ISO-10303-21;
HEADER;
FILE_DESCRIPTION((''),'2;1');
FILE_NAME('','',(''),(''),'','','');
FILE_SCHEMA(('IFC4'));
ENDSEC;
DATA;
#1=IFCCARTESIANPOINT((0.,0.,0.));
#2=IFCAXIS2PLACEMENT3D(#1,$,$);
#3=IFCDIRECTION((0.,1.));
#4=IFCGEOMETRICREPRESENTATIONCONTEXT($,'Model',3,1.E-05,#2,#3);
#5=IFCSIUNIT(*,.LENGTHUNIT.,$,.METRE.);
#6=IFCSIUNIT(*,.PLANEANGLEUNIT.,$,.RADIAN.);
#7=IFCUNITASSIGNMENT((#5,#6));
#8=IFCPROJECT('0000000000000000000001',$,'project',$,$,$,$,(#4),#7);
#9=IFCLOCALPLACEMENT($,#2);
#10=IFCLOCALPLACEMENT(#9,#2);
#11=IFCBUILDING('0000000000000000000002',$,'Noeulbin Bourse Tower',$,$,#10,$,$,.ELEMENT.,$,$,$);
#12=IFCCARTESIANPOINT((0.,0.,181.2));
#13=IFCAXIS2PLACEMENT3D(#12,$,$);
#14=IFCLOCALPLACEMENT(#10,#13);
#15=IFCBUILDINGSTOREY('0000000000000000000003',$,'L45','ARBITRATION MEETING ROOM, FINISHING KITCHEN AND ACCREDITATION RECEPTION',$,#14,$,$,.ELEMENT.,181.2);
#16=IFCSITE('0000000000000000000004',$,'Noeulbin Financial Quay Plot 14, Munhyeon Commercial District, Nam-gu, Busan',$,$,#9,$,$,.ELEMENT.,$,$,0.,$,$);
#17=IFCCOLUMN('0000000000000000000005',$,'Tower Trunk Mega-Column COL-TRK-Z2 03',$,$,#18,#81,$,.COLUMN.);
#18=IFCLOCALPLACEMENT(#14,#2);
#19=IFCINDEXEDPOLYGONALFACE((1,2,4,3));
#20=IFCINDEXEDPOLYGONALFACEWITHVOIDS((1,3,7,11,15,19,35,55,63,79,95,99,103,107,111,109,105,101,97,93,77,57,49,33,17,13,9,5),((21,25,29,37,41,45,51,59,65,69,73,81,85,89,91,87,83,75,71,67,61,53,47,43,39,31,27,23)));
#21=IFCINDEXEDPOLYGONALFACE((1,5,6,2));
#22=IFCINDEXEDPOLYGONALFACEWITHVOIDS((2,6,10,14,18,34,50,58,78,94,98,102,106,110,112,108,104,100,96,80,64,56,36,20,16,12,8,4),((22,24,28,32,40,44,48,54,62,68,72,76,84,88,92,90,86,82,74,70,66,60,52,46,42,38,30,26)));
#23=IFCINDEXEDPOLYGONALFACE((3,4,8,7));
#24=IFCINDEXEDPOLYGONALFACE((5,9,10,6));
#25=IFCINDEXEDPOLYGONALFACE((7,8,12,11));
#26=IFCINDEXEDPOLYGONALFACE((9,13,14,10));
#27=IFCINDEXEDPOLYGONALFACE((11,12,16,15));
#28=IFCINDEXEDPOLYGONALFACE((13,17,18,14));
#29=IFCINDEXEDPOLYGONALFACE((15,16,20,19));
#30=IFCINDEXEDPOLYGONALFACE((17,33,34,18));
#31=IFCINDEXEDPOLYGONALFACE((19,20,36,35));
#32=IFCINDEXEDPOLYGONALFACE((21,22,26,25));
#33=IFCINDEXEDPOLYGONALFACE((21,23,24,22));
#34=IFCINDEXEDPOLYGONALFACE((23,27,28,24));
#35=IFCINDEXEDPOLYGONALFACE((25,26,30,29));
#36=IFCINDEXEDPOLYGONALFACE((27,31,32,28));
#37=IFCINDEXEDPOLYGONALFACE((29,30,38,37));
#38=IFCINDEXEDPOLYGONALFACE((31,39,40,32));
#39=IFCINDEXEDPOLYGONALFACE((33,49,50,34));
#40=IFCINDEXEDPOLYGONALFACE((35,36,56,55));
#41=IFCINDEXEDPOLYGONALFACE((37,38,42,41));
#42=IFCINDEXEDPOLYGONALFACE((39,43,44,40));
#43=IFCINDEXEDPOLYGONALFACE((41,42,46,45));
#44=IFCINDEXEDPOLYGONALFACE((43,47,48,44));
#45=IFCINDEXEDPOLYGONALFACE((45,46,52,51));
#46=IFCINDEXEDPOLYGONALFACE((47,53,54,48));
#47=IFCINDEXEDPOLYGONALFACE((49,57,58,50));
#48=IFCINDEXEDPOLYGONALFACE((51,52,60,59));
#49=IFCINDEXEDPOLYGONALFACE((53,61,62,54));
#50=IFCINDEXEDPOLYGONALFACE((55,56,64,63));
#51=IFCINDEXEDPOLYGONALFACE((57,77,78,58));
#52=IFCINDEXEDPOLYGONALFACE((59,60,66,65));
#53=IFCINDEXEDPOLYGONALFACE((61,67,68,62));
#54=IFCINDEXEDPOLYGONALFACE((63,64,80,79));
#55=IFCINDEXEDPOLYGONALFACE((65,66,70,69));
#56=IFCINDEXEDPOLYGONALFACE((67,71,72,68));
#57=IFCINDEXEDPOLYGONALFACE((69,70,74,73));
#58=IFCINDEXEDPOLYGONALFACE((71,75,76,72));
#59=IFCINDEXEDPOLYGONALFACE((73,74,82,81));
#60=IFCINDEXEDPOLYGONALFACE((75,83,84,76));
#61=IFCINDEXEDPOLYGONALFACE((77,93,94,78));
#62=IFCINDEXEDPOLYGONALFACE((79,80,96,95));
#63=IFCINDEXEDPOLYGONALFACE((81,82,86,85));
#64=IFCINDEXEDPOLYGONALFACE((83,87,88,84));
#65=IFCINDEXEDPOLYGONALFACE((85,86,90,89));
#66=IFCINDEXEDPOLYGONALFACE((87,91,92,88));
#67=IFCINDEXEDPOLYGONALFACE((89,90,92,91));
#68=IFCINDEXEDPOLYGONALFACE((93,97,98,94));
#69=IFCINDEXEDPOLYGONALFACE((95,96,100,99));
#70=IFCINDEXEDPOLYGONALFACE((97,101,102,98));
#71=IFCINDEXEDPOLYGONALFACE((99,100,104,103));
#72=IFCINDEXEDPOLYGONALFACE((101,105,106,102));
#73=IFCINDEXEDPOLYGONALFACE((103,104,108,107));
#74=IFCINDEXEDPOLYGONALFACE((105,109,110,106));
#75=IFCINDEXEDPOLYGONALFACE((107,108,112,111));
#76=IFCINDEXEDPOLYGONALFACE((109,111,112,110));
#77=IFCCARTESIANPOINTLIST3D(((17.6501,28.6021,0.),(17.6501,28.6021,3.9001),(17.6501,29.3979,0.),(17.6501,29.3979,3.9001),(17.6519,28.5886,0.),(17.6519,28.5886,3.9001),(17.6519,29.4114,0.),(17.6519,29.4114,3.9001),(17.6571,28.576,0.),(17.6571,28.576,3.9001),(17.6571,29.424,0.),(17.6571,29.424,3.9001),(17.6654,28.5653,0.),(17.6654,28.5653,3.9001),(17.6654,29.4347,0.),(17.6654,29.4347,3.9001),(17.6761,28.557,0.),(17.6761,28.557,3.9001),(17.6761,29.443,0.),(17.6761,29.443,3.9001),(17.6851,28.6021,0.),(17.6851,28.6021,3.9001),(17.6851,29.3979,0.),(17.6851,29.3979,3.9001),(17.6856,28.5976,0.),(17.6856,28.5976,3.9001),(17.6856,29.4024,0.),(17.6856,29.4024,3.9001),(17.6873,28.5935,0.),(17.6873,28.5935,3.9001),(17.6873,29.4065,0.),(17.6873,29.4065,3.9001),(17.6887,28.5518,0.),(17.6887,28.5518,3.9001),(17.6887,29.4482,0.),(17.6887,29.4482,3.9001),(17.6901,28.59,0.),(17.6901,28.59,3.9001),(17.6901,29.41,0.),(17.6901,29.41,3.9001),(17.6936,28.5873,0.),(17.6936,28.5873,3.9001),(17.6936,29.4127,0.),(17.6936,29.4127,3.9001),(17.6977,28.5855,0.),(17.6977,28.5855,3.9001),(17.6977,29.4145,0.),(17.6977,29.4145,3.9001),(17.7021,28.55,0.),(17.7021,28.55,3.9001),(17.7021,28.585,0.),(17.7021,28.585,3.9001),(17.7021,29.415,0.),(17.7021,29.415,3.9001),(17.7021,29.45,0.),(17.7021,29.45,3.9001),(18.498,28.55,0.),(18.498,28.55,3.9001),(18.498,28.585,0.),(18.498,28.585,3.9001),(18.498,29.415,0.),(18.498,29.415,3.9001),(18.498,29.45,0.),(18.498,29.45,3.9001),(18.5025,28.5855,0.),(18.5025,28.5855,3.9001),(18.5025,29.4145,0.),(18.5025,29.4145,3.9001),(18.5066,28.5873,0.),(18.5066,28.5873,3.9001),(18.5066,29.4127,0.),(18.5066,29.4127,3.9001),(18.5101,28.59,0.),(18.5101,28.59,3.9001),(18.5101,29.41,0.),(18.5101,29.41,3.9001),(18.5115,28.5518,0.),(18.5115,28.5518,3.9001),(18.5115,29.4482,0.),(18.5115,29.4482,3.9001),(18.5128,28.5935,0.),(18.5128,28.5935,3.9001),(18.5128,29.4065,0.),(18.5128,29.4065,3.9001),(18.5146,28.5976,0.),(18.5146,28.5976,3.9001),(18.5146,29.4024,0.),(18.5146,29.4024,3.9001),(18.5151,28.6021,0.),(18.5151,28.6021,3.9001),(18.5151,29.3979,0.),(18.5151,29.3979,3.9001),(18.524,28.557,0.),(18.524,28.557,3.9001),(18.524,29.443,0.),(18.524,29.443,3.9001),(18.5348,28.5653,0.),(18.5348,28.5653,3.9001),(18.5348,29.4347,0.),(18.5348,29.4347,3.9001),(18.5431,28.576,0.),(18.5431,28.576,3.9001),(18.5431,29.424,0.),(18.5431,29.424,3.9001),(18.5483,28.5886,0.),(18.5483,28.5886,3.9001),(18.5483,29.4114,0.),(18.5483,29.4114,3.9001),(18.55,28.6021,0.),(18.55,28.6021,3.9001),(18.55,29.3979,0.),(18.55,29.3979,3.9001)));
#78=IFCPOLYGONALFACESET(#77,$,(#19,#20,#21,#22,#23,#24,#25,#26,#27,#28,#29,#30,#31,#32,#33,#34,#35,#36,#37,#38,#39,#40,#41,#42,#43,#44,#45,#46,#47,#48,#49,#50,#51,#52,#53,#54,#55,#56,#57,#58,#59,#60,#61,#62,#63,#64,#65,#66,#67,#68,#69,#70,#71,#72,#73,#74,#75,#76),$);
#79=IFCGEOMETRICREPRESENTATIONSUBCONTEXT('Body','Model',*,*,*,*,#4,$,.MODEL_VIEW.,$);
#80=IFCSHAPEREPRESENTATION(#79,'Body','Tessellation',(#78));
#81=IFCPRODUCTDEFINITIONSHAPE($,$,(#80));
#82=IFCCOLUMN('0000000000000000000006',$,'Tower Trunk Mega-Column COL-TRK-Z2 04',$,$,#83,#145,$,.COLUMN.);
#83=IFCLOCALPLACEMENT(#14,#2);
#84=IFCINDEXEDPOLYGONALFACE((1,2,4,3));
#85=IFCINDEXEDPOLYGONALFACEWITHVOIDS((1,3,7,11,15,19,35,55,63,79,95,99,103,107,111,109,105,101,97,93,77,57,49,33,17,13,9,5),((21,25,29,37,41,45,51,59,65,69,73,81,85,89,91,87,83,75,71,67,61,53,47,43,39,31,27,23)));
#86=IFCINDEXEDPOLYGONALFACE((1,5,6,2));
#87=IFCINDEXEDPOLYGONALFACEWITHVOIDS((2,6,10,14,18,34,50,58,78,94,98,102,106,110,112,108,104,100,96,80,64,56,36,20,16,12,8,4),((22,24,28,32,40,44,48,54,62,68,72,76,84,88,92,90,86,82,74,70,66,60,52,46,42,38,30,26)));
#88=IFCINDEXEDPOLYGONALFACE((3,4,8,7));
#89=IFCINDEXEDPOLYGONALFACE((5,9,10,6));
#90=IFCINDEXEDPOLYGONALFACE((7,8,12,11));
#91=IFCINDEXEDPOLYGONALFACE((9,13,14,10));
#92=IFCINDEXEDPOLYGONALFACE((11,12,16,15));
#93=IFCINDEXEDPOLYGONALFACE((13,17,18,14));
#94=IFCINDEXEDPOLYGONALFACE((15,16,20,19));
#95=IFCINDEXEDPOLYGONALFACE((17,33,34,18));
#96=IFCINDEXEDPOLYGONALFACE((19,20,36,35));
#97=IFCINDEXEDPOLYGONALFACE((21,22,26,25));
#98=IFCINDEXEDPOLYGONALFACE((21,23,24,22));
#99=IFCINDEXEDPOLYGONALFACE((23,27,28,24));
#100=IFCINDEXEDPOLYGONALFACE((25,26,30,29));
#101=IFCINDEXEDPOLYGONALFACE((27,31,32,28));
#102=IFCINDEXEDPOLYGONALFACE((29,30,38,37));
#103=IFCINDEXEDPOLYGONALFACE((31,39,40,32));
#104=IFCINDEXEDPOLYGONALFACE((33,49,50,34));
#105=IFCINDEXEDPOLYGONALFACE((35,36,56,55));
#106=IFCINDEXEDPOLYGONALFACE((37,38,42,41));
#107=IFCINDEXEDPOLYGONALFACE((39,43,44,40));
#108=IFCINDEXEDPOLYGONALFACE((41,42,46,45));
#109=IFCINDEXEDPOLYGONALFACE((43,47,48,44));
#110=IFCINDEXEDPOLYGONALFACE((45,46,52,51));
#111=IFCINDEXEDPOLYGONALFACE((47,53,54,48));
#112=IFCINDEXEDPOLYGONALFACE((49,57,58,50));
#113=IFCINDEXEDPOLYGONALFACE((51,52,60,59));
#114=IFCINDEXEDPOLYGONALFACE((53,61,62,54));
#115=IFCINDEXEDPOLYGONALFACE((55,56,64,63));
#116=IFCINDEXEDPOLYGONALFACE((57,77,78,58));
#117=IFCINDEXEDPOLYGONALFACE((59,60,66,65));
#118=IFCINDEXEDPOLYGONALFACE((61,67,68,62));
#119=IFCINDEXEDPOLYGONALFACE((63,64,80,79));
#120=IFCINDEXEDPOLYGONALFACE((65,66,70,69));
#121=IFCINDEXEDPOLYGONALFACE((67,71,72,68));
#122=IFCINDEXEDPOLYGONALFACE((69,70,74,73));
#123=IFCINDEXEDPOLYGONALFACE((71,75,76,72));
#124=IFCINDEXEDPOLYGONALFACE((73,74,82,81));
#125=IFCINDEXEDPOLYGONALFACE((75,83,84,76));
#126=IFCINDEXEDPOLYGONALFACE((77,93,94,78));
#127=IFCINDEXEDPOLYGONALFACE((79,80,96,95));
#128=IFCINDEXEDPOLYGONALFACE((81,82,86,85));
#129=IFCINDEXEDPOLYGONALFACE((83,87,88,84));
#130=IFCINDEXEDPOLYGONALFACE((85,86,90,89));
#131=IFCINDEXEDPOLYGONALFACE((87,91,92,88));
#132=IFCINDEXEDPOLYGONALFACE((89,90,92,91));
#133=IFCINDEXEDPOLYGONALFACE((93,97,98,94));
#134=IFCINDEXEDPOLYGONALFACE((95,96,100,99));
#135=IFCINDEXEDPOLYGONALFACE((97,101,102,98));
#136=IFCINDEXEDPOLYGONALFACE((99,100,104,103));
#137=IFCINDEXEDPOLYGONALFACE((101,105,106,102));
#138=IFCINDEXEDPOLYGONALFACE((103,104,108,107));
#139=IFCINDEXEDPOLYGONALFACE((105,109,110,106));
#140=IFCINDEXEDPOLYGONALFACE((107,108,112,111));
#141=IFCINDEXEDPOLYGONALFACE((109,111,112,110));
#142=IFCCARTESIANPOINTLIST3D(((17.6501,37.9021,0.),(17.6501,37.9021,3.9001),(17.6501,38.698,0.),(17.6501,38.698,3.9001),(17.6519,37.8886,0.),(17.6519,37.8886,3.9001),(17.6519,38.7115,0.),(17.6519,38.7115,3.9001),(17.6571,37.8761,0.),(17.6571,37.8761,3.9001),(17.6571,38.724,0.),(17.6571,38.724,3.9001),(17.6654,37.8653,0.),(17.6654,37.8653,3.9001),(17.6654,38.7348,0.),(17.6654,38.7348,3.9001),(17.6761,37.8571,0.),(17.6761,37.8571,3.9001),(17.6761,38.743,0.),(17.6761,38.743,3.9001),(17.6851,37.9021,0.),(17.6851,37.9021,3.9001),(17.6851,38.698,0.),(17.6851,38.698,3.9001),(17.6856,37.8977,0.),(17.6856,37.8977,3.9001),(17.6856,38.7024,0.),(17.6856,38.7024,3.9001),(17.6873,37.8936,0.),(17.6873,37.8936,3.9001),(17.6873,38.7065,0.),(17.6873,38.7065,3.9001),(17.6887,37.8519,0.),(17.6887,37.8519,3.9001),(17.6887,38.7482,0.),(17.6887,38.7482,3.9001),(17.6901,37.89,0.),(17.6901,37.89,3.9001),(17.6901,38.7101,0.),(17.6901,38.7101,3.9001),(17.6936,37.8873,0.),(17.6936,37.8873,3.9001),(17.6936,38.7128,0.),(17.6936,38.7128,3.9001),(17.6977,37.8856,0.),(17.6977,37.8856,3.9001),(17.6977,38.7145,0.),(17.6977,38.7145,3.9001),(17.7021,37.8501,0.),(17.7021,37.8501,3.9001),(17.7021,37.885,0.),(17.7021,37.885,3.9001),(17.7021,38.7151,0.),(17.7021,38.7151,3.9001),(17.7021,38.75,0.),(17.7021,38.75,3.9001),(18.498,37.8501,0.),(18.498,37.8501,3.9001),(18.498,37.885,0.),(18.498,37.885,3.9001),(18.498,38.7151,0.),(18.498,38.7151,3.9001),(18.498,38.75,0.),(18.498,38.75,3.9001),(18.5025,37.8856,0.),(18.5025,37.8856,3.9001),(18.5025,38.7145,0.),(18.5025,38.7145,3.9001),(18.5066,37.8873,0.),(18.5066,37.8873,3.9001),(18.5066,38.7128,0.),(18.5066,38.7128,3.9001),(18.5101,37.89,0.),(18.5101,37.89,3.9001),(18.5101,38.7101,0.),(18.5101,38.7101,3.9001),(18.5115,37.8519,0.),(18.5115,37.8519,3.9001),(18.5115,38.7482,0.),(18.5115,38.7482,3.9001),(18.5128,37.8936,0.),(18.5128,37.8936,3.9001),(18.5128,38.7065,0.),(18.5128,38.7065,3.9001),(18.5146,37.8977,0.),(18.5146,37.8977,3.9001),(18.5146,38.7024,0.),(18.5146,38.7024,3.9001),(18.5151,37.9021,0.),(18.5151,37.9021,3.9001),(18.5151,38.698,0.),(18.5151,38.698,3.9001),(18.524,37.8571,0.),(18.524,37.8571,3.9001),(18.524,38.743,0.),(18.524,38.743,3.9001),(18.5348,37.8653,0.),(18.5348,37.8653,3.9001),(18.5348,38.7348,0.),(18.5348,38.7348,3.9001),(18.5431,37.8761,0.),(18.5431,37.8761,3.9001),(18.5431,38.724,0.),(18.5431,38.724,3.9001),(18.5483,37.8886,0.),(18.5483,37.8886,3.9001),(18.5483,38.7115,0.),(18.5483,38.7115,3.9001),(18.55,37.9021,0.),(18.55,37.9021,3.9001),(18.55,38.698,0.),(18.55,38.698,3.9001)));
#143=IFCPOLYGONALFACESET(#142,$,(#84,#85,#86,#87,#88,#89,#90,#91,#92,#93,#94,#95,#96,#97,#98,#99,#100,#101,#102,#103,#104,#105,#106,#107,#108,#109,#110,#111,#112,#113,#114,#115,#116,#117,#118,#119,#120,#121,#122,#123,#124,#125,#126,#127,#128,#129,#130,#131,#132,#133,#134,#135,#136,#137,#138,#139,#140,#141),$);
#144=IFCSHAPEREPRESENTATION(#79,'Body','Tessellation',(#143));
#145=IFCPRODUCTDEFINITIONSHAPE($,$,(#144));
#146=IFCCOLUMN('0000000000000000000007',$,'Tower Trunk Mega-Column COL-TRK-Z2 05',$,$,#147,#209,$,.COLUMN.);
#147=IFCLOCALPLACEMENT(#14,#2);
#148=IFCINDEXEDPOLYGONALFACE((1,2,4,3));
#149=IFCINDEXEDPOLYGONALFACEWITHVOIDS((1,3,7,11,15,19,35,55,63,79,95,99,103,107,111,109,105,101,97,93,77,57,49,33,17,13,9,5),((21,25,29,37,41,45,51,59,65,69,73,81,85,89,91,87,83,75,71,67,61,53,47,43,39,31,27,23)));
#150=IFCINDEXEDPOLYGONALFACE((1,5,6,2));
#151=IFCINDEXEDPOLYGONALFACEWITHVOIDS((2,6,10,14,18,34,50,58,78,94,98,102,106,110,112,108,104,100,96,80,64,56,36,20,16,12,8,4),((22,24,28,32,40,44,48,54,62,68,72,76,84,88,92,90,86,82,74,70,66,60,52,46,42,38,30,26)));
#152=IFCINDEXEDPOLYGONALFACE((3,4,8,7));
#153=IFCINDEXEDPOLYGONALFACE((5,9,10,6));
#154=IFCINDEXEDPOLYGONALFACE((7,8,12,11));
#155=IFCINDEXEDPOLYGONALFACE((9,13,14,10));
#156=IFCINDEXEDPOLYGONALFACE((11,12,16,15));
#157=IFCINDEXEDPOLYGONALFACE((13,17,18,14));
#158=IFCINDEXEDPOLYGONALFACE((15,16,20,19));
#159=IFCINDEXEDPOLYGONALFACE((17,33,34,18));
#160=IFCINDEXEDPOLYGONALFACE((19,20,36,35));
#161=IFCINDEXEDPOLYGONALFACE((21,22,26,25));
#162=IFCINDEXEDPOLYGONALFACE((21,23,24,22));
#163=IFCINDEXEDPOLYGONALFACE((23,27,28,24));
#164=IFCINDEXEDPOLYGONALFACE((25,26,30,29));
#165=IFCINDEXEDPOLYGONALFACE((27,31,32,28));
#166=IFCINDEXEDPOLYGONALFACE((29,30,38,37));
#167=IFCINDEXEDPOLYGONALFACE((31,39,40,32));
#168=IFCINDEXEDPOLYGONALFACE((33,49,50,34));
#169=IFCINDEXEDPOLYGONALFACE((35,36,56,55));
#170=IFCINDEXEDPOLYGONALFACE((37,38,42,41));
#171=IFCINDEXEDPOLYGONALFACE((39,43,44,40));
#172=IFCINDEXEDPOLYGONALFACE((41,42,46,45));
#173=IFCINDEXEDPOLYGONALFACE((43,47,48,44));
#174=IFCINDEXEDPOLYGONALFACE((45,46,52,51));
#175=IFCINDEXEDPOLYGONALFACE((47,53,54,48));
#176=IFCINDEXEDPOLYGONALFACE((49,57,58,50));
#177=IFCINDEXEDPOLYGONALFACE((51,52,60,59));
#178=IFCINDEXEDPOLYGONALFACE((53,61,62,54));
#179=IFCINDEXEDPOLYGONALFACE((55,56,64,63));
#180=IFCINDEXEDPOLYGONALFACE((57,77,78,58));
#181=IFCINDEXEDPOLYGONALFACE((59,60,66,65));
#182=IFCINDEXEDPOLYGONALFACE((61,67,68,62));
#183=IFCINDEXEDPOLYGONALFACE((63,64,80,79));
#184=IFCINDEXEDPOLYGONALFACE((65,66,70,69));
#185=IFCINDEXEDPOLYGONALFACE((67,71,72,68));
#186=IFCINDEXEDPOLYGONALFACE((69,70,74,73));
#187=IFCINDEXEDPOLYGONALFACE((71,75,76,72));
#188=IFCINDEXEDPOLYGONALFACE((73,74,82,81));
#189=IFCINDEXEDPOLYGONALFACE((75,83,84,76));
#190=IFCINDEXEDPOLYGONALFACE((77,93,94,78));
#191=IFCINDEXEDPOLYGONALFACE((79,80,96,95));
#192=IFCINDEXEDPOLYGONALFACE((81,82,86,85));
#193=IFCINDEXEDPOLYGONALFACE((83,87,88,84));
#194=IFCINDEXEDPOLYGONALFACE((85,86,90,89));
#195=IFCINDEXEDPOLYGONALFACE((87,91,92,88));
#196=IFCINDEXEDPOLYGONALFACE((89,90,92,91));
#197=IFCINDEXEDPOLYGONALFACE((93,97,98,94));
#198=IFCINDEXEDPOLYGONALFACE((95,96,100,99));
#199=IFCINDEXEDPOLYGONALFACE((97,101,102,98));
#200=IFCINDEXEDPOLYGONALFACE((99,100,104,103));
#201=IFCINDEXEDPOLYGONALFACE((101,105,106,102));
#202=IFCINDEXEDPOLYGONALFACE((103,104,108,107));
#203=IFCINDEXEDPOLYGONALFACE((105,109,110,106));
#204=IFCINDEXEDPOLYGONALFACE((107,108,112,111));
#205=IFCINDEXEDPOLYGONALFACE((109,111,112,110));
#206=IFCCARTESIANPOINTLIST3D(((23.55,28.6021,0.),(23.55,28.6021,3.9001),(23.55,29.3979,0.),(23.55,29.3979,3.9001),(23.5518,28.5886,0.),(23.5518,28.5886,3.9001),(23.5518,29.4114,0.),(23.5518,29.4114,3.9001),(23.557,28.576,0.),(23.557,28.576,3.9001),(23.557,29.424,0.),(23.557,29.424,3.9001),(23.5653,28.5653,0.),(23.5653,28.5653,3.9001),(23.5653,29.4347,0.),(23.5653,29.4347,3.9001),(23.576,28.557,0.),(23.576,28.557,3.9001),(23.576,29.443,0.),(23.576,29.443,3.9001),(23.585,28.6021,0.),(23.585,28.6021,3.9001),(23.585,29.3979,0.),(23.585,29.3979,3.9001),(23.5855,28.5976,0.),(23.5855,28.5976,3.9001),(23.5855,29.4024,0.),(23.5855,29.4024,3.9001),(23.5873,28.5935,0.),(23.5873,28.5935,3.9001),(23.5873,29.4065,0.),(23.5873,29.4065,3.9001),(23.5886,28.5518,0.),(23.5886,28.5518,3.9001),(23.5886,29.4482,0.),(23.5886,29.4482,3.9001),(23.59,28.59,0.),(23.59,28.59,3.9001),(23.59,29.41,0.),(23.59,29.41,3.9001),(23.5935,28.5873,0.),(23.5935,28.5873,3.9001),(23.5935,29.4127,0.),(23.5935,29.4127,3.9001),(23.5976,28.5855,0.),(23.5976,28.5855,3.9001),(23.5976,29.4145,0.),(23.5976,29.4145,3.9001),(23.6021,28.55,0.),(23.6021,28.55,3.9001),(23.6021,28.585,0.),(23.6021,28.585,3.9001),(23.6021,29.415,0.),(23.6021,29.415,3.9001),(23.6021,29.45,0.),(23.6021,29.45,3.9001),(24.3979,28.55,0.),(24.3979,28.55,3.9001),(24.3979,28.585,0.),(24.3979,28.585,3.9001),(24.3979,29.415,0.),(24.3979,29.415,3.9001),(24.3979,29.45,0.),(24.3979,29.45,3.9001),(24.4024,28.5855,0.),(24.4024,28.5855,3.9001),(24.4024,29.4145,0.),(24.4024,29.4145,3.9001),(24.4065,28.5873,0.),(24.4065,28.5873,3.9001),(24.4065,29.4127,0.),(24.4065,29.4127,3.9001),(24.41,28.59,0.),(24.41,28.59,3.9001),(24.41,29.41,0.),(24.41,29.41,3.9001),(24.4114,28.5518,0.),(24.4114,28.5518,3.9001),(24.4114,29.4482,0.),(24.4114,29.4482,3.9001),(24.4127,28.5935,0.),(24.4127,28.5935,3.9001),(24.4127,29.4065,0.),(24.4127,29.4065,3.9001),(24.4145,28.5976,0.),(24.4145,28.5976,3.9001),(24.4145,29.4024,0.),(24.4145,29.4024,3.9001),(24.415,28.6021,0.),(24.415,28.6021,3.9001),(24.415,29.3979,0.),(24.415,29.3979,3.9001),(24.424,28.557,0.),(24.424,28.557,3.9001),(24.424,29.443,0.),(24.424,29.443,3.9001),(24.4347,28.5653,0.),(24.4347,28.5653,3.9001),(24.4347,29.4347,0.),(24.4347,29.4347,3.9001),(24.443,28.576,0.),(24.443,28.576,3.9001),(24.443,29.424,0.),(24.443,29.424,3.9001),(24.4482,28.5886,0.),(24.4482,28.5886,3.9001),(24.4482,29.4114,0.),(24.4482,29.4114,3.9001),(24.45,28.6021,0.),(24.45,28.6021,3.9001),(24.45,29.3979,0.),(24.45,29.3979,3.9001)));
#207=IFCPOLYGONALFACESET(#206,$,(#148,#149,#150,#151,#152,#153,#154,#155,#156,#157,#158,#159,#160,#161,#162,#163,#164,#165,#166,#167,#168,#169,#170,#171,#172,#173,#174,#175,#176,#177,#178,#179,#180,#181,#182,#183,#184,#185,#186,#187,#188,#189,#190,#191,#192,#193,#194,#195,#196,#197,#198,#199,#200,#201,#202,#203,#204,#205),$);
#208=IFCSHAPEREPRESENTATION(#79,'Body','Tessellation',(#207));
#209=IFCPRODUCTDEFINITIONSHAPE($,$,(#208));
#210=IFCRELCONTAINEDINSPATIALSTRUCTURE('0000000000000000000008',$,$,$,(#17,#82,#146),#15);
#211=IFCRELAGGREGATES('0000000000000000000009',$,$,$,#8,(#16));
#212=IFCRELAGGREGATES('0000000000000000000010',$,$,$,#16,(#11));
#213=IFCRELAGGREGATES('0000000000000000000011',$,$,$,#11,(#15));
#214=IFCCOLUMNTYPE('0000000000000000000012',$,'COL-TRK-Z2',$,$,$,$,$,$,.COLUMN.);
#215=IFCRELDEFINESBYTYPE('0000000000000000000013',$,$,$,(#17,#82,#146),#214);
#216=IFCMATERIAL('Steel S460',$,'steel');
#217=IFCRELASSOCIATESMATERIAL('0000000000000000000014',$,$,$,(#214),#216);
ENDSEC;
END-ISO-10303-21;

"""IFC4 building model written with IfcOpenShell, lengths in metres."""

from ifc_helpers import new_model, si_unit, direction, frame, origin, origin_2d, place, context, subcontext, project, spatial, hollow_rectangle, extrude, material, material_profile, profile_set, type_object, element, save


model = new_model("IFC4")

# Units and contexts
model_context = context("Model", 3, precision=1e-05, world=origin(), true_north=direction((0.0, 1.0)))
body_context = subcontext(model_context, "Body", "Model", "MODEL_VIEW")
ifc_project = project(units=[si_unit("LENGTHUNIT", "METRE"), si_unit("PLANEANGLEUNIT", "RADIAN")], contexts=[model_context])

# Site, building, storey
site_placement = place(None, origin())
site = spatial("IfcSite", under=ifc_project, at=site_placement, Name="Noeulbin Financial Quay Plot 14, Munhyeon Commercial District, Nam-gu, Busan", CompositionType="ELEMENT", RefElevation=0.0)
building_placement = place(site_placement, origin())
building = spatial("IfcBuilding", under=site, at=building_placement, Name="Noeulbin Bourse Tower", CompositionType="ELEMENT")
storey_placement = place(building_placement, frame((0.0, 0.0, 181.2)))
storey = spatial("IfcBuildingStorey", under=building, at=storey_placement, Name="L45", Description="ARBITRATION MEETING ROOM, FINISHING KITCHEN AND ACCREDITATION RECEPTION", CompositionType="ELEMENT", Elevation=181.2)

# Columns
ifc_material_1 = material(Name="Steel S460", Category="steel")
ifc_material_profile_1 = material_profile(ifc_material_1, hollow_rectangle(XDim=0.8999, YDim=0.8999, WallThickness=0.0349, InnerFilletRadius=0.0171, OuterFilletRadius=0.052, at=origin_2d()), Name="BOX-900x900x35", Category="LoadBearing")
ifc_profile_set_1 = profile_set([ifc_material_profile_1], Name="Steel S460")
column_type = type_object("IfcColumnType", Name="COL-TRK-Z2", PredefinedType="COLUMN", material=ifc_profile_set_1)
for number, where, z_axis, x_axis, name in (
    (1, (18.1001, 29.0, 0.0), (0.0, 0.0, 1.0), (1.0, 0.0, 0.0), "Tower Trunk Mega-Column COL-TRK-Z2 03"),
    (2, (18.1001, 38.3, 0.0), (0.0, 0.0, 1.0), (1.0, 0.0, 0.0), "Tower Trunk Mega-Column COL-TRK-Z2 04"),
    (3, (24.0, 29.0, 0.0), (0.0, 0.0, 1.0), (1.0, 0.0, 0.0), "Tower Trunk Mega-Column COL-TRK-Z2 05"),
):
    element("IfcColumn", number, at=place(storey_placement, frame(where, z_axis=z_axis, x_axis=x_axis)), inside=storey, type_object=column_type, Name=name, PredefinedType="COLUMN", context=body_context, shape_type="SweptSolid", body=[
        extrude(hollow_rectangle(XDim=0.8999, YDim=0.8999, WallThickness=0.0349, InnerFilletRadius=0.0171, OuterFilletRadius=0.052, at=origin_2d()), origin(), (0.0, 0.0, 1.0), 3.9001),
    ])

save(model, "model.ifc")
